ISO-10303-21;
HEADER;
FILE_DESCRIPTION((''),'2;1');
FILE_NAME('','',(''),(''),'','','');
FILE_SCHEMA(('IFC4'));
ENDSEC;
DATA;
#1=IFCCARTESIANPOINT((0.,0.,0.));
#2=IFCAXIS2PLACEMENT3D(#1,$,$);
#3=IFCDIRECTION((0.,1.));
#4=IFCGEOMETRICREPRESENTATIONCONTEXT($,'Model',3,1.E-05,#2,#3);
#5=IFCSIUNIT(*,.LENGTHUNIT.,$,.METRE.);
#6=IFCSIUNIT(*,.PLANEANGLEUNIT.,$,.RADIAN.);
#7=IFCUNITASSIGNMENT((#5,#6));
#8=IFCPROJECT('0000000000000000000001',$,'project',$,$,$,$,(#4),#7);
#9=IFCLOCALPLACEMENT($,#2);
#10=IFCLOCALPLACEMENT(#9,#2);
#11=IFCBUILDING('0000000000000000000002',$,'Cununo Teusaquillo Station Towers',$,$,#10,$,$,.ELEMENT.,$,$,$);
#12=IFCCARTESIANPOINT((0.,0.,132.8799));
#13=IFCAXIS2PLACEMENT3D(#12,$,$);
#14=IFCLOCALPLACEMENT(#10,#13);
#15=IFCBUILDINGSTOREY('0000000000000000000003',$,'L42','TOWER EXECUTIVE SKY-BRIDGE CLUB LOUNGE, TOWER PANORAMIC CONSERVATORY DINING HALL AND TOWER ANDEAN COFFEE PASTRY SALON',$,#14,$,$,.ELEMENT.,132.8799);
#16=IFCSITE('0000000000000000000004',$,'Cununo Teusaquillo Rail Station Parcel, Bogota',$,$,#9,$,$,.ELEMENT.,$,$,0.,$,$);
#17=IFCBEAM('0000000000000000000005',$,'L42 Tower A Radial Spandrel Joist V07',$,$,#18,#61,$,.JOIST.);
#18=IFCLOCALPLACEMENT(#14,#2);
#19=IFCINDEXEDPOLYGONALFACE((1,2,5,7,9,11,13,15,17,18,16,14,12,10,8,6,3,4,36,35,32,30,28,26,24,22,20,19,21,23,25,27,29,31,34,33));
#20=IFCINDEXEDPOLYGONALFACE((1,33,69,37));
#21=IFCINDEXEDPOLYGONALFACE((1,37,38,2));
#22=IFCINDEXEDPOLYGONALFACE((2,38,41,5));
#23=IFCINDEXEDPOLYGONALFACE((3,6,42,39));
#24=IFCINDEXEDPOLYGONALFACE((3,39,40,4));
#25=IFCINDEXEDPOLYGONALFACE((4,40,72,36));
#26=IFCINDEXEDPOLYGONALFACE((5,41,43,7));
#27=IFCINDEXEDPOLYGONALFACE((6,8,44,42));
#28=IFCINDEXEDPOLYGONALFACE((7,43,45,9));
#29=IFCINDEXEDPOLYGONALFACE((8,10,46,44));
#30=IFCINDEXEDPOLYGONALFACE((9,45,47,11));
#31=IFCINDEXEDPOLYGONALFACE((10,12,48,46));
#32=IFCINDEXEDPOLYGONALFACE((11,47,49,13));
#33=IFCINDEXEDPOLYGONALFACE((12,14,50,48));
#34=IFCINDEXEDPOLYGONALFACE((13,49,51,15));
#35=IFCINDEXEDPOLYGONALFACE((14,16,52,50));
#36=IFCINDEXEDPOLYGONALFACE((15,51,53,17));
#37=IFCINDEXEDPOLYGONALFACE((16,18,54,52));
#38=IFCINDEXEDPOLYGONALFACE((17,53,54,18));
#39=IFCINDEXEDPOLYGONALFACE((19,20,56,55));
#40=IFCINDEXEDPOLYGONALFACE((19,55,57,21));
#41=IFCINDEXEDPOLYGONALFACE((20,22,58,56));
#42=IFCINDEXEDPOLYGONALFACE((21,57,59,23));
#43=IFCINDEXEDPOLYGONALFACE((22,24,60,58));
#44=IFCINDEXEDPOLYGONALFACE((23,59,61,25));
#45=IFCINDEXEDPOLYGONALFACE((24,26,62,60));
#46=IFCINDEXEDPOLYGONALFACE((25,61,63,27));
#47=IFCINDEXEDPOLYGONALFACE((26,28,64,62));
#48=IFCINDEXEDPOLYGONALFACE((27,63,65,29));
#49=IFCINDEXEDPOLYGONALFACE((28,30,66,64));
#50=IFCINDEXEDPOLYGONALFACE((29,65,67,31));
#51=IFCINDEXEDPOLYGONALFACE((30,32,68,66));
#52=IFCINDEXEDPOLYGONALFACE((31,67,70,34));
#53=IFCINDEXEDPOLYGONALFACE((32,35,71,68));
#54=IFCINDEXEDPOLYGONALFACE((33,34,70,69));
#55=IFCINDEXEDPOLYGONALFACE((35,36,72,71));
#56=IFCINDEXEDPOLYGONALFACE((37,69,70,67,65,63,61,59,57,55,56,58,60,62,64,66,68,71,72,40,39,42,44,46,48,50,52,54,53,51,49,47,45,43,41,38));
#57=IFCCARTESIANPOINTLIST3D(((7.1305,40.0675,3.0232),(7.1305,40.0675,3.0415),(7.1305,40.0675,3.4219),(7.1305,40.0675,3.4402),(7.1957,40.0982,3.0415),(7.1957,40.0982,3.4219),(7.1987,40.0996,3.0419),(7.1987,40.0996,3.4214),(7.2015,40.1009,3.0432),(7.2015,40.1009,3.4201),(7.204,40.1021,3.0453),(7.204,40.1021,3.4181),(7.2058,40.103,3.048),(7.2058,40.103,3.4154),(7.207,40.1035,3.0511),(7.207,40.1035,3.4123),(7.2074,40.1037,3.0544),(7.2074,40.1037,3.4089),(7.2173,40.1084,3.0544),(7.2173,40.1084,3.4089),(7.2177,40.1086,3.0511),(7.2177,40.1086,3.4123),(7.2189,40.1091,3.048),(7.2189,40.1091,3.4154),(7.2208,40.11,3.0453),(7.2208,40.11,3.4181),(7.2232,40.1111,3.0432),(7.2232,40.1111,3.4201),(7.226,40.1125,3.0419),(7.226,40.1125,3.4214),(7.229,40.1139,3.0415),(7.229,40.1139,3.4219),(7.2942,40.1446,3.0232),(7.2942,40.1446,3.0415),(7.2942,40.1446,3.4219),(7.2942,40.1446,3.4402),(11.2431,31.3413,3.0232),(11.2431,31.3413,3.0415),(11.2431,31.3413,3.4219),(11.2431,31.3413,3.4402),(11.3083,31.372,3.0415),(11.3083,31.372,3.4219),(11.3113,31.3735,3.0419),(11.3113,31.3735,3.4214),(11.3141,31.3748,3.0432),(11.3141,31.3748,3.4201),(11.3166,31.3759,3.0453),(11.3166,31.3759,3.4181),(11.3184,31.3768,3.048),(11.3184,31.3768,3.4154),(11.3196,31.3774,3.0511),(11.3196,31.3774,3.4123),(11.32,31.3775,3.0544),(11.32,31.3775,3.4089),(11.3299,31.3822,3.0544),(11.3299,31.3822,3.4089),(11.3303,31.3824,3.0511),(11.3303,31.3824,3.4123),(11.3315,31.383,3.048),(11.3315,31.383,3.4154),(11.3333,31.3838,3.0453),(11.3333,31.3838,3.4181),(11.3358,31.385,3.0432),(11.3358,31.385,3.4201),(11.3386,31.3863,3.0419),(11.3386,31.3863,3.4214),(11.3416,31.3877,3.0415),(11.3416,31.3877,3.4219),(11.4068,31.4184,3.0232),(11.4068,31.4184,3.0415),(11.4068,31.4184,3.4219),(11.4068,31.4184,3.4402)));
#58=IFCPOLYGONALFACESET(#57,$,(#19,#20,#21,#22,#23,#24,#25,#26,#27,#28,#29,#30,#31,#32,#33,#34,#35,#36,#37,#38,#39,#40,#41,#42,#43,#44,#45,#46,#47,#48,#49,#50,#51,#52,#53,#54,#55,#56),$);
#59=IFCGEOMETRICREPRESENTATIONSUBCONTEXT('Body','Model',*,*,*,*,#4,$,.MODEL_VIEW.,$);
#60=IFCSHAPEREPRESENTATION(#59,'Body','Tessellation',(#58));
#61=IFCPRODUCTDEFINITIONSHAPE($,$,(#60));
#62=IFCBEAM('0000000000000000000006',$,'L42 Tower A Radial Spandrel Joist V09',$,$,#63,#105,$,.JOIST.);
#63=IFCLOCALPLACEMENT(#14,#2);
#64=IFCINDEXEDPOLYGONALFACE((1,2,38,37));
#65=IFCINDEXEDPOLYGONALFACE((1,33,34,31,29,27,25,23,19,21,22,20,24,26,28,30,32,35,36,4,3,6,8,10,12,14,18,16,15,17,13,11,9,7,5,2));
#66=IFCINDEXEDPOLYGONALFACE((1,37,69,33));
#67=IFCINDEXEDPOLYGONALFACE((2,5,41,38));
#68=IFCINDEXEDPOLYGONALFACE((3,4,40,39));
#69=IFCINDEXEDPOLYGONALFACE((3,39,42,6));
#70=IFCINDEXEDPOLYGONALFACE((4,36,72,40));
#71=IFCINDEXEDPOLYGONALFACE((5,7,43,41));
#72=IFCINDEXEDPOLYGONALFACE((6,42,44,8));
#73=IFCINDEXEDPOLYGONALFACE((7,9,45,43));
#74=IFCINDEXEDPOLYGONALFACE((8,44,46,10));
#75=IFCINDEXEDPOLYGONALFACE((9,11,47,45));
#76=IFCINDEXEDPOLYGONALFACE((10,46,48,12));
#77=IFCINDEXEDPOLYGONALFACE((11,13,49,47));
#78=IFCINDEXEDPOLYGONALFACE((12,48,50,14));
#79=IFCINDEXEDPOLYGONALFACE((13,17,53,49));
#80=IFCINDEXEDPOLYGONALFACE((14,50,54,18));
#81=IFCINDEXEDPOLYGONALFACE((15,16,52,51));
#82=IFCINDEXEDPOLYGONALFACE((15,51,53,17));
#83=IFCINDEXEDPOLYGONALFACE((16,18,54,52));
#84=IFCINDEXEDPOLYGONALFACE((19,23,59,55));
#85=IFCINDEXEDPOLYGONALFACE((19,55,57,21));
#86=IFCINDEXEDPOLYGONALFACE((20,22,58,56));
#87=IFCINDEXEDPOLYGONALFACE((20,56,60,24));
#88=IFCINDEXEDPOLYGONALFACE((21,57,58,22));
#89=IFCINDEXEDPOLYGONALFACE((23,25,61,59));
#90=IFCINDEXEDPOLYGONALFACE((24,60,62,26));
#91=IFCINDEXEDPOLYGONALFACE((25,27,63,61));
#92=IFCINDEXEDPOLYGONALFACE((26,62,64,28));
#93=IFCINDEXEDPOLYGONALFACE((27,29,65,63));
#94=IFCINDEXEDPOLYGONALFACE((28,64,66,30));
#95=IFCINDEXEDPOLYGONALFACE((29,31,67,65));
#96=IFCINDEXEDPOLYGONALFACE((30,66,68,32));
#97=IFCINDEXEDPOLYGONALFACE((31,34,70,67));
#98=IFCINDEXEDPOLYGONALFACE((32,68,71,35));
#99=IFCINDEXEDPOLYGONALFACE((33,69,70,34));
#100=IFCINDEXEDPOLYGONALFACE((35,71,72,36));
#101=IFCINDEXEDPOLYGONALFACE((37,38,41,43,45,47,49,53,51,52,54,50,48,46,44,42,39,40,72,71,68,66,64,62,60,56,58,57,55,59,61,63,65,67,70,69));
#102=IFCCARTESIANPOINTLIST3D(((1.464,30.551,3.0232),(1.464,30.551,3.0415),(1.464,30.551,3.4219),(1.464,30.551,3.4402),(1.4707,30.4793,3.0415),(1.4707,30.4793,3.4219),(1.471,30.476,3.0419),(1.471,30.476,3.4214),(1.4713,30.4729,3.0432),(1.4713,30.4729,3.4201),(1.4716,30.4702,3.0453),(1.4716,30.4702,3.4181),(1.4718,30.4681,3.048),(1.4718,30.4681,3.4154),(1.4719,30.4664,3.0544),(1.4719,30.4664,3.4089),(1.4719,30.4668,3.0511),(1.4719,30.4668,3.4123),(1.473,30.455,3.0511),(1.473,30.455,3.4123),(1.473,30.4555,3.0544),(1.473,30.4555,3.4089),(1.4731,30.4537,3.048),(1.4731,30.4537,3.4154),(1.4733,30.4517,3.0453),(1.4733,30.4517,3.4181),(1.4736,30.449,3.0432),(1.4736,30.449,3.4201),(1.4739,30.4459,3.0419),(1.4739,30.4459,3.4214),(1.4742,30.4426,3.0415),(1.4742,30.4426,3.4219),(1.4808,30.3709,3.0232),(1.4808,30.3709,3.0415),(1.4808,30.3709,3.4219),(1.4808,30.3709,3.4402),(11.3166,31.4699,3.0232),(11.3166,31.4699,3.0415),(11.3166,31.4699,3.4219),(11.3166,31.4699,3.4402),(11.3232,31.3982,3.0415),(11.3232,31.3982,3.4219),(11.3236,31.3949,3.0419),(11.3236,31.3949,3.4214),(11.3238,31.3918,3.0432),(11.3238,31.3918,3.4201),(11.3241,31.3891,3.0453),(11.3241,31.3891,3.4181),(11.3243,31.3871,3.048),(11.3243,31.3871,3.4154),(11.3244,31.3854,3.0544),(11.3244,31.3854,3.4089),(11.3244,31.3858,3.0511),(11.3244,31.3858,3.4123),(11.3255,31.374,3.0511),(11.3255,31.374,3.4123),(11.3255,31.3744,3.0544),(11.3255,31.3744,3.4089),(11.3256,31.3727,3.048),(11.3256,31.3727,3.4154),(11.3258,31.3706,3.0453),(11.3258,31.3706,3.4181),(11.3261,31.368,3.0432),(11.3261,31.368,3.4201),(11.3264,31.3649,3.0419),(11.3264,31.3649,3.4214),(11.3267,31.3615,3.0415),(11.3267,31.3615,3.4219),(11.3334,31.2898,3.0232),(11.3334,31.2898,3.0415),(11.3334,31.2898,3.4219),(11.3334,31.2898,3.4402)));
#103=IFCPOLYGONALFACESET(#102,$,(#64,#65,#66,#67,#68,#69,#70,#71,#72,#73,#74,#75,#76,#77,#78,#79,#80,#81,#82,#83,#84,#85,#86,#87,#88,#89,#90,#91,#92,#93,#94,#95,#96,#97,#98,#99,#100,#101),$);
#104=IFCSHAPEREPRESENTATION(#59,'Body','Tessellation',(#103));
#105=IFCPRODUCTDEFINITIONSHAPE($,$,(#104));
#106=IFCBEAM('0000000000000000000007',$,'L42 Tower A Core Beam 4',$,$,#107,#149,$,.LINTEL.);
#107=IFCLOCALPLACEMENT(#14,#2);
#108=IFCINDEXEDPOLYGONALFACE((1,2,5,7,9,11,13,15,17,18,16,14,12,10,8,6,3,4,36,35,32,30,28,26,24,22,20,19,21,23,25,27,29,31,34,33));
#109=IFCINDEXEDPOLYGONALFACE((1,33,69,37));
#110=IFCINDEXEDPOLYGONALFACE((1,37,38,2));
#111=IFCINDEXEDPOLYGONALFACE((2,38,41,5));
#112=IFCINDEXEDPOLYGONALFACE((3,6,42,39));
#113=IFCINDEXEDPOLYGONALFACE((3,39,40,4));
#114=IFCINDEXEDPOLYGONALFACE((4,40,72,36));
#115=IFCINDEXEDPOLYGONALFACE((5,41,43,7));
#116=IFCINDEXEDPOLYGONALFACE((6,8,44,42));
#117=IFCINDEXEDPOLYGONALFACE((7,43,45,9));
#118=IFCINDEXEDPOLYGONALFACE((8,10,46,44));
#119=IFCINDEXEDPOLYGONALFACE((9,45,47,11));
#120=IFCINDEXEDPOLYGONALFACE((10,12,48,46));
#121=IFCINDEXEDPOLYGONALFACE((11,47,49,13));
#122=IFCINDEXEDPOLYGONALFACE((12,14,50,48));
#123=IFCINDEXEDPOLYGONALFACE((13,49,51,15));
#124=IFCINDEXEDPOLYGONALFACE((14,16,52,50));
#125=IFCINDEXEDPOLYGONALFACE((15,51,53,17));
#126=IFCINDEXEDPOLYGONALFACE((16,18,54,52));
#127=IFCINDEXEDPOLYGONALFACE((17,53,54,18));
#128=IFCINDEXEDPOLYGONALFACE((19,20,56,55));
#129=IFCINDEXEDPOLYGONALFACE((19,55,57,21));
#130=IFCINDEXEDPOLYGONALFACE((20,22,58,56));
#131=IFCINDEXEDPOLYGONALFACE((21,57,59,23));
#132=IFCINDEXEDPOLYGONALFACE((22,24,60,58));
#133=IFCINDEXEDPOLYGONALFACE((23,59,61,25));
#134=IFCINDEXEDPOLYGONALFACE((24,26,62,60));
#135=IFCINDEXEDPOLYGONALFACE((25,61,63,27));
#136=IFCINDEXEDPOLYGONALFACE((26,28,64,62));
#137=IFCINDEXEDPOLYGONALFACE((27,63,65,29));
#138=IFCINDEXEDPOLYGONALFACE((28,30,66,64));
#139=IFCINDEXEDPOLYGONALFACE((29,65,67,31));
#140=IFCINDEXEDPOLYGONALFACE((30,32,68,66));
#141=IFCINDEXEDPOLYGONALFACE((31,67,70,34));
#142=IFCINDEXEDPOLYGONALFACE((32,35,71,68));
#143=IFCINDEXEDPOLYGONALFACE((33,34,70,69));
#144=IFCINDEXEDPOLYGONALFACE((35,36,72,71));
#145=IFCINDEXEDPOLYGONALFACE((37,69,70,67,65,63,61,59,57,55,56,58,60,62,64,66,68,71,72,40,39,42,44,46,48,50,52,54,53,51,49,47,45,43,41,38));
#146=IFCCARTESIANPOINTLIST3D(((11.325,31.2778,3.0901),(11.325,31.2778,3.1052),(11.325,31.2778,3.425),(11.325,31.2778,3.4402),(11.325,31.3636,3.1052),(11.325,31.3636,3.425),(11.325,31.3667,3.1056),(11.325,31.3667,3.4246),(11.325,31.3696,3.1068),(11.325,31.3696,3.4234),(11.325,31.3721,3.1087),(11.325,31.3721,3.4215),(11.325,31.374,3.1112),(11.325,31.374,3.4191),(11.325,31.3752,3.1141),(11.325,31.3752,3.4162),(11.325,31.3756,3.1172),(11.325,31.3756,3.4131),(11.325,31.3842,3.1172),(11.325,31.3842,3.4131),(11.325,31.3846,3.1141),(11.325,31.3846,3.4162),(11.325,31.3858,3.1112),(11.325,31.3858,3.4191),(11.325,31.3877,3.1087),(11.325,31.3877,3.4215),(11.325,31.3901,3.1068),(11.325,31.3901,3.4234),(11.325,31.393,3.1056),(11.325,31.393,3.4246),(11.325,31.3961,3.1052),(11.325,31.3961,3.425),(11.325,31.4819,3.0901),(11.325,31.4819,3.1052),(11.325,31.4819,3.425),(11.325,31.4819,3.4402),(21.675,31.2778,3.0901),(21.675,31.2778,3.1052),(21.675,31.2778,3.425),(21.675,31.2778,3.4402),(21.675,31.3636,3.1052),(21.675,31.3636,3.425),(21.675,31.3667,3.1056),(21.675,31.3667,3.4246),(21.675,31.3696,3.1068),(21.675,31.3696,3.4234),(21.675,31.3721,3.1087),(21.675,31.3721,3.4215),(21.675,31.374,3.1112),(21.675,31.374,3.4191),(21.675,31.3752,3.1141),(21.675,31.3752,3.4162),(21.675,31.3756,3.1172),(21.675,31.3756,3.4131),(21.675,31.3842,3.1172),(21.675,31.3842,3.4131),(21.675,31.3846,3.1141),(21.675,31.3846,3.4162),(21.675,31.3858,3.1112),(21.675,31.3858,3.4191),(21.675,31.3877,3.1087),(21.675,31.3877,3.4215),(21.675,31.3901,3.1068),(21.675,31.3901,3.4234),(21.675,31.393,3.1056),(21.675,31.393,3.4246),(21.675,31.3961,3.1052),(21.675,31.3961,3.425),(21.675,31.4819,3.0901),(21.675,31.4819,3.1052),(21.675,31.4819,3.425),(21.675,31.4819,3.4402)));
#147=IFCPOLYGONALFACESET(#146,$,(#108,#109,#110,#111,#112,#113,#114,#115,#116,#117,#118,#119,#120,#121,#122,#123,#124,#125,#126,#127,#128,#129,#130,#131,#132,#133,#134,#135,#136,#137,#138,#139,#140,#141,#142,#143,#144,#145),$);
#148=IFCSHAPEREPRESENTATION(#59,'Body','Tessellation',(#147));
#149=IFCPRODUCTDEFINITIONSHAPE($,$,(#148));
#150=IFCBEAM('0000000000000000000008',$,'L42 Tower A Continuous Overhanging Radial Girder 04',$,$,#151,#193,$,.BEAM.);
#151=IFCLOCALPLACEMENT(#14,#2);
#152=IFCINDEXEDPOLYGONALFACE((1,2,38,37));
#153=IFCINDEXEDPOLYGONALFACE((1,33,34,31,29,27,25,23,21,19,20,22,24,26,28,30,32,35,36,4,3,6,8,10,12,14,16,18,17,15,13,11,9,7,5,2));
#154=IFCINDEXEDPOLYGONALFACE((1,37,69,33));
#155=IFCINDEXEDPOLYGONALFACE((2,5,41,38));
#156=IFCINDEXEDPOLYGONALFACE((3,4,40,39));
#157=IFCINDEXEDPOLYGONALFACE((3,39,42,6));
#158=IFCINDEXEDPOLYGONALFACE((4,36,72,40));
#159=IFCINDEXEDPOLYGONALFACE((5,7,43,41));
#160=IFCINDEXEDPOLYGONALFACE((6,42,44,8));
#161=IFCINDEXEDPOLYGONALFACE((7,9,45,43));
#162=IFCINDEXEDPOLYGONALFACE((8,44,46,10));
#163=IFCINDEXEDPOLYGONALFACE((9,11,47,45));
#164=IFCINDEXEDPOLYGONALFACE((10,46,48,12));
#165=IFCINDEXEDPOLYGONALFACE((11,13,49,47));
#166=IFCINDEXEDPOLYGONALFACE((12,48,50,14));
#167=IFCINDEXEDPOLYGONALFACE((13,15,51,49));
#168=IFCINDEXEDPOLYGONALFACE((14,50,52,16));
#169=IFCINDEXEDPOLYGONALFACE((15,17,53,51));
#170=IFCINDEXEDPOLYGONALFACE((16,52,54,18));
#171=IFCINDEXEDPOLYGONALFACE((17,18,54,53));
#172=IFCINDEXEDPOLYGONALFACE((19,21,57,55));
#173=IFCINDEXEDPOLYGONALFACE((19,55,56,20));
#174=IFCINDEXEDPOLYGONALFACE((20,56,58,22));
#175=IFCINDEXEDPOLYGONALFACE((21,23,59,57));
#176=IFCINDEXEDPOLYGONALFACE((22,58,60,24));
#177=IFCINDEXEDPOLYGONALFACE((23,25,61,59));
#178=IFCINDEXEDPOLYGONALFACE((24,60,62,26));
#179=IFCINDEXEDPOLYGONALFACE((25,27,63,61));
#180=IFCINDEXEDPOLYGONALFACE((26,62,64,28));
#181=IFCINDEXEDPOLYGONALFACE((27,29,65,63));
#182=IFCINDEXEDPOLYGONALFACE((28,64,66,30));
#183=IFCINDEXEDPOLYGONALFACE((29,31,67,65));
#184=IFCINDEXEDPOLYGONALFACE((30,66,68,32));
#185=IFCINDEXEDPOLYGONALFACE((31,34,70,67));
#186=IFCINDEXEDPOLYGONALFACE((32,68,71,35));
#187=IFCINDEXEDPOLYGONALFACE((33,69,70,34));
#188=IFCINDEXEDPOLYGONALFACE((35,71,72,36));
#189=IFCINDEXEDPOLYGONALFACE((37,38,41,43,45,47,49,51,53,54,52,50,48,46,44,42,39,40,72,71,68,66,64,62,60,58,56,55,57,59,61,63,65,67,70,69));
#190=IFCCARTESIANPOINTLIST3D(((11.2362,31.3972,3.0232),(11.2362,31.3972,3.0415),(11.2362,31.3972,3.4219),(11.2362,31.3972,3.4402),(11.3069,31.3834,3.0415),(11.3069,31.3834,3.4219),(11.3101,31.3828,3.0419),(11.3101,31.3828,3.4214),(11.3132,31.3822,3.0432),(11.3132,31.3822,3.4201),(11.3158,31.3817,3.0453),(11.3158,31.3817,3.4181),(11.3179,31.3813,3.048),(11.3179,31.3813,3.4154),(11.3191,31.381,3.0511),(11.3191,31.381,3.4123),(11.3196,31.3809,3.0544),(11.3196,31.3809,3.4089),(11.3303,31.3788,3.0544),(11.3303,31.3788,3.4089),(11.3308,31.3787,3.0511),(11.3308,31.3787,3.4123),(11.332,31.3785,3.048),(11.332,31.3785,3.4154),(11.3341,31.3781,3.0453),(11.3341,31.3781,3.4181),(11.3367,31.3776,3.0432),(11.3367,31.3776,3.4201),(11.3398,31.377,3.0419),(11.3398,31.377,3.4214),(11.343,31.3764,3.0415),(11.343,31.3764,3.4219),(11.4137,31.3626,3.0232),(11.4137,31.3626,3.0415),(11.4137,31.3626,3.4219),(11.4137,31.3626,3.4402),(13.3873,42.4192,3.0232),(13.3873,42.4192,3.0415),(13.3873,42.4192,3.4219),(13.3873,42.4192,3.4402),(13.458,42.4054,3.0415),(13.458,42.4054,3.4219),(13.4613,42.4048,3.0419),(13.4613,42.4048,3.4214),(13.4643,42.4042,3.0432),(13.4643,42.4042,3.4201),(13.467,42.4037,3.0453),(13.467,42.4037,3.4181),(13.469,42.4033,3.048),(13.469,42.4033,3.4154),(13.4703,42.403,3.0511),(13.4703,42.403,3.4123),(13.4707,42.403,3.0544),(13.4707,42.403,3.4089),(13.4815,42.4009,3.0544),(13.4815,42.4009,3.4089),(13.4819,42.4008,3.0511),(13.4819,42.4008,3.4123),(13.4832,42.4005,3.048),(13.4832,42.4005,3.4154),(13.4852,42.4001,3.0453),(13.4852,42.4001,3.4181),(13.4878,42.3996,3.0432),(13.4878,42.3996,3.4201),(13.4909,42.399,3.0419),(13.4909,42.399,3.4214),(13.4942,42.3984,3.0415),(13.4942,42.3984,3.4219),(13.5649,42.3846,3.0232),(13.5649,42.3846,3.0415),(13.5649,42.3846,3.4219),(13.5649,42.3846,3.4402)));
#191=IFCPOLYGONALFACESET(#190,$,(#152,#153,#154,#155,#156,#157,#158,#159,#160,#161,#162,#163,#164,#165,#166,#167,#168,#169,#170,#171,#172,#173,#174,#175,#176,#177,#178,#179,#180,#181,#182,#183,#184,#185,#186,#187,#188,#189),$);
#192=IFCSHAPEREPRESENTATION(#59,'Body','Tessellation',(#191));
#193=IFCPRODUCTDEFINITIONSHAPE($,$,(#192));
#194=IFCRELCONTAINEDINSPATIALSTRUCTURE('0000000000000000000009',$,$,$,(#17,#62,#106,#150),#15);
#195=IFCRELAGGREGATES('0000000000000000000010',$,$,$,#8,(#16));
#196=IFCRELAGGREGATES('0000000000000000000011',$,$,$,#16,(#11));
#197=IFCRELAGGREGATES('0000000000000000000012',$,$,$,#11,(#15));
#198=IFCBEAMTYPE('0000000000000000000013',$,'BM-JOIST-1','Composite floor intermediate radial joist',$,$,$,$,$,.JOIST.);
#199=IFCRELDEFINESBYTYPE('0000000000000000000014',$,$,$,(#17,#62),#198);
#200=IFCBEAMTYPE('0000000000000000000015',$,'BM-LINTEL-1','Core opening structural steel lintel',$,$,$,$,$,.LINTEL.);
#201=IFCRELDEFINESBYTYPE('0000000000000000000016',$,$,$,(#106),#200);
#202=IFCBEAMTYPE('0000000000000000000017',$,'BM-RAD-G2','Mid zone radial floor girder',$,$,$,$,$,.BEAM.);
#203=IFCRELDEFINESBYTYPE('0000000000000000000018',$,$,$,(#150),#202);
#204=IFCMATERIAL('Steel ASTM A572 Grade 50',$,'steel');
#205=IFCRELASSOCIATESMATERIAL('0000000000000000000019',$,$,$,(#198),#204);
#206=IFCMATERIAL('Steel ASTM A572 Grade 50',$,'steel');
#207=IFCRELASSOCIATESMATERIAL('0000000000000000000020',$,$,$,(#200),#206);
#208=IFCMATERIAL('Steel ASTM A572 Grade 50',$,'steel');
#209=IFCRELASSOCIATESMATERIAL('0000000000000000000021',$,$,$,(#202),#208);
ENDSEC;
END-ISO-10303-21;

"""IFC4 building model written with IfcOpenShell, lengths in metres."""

from ifc_helpers import new_model, si_unit, direction, frame, origin, origin_2d, place, context, subcontext, project, spatial, i_section, extrude, material, material_profile, profile_set, type_object, element, save


model = new_model("IFC4")

# Units and contexts
model_context = context("Model", 3, precision=1e-05, world=origin(), true_north=direction((0.0, 1.0)))
body_context = subcontext(model_context, "Body", "Model", "MODEL_VIEW")
ifc_project = project(units=[si_unit("LENGTHUNIT", "METRE"), si_unit("PLANEANGLEUNIT", "RADIAN")], contexts=[model_context])

# Site, building, storey
site_placement = place(None, origin())
site = spatial("IfcSite", under=ifc_project, at=site_placement, Name="Cununo Teusaquillo Rail Station Parcel, Bogota", CompositionType="ELEMENT", RefElevation=0.0)
building_placement = place(site_placement, origin())
building = spatial("IfcBuilding", under=site, at=building_placement, Name="Cununo Teusaquillo Station Towers", CompositionType="ELEMENT")
storey_placement = place(building_placement, frame((0.0, 0.0, 132.8799)))
storey = spatial("IfcBuildingStorey", under=building, at=storey_placement, Name="L42", Description="TOWER EXECUTIVE SKY-BRIDGE CLUB LOUNGE, TOWER PANORAMIC CONSERVATORY DINING HALL AND TOWER ANDEAN COFFEE PASTRY SALON", CompositionType="ELEMENT", Elevation=132.8799)

# Beams
ifc_material_1 = material(Name="Steel ASTM A572 Grade 50", Category="steel")
ifc_material_profile_1 = material_profile(ifc_material_1, i_section(OverallWidth=0.1809, OverallDepth=0.417, WebThickness=0.011, FlangeThickness=0.0183, FilletRadius=0.0129, at=origin_2d()), Name="W16X57")
ifc_profile_set_1 = profile_set([ifc_material_profile_1], Name="Steel ASTM A572 Grade 50")
beam_type_1 = type_object("IfcBeamType", Name="BM-JOIST-1", Description="Composite floor intermediate radial joist", PredefinedType="JOIST", material=ifc_profile_set_1)
beam_1_placement = place(storey_placement, frame((11.325, 31.3799, 3.2317), z_axis=(-0.42632, 0.904572, 0.0), x_axis=(-0.904572, -0.42632, 0.0)))
element("IfcBeam", 1, at=beam_1_placement, inside=storey, type_object=beam_type_1, Name="L42 Tower A Radial Spandrel Joist V07", PredefinedType="JOIST", context=body_context, shape_type="SweptSolid", body=[
    extrude(i_section(OverallWidth=0.1809, OverallDepth=0.417, WebThickness=0.011, FlangeThickness=0.0183, FilletRadius=0.0129, at=origin_2d()), origin(), (0.0, 0.0, 1.0), 9.6467),
])
beam_2_placement = place(storey_placement, frame((11.325, 31.3799, 3.2317), z_axis=(-0.995679, -0.092867, 0.0), x_axis=(0.092867, -0.995679, 0.0)))
element("IfcBeam", 2, at=beam_2_placement, inside=storey, type_object=beam_type_1, Name="L42 Tower A Radial Spandrel Joist V09", PredefinedType="JOIST", context=body_context, shape_type="SweptSolid", body=[
    extrude(i_section(OverallWidth=0.1809, OverallDepth=0.417, WebThickness=0.011, FlangeThickness=0.0183, FilletRadius=0.0129, at=origin_2d()), origin(), (0.0, 0.0, 1.0), 9.8953),
])
ifc_material_2 = material(Name="Steel ASTM A572 Grade 50", Category="steel")
ifc_material_profile_2 = material_profile(ifc_material_2, i_section(OverallWidth=0.2041, OverallDepth=0.3501, WebThickness=0.0085, FlangeThickness=0.0151, FilletRadius=0.012, at=origin_2d()), Name="W14X48")
ifc_profile_set_2 = profile_set([ifc_material_profile_2], Name="Steel ASTM A572 Grade 50")
beam_type_2 = type_object("IfcBeamType", Name="BM-LINTEL-1", Description="Core opening structural steel lintel", PredefinedType="LINTEL", material=ifc_profile_set_2)
beam_3_placement = place(storey_placement, frame((11.325, 31.3799, 3.2651), z_axis=(1.0, 0.0, 0.0), x_axis=(0.0, 1.0, 0.0)))
element("IfcBeam", 3, at=beam_3_placement, inside=storey, type_object=beam_type_2, Name="L42 Tower A Core Beam 4", PredefinedType="LINTEL", context=body_context, shape_type="SweptSolid", body=[
    extrude(i_section(OverallWidth=0.2041, OverallDepth=0.3501, WebThickness=0.0085, FlangeThickness=0.0151, FilletRadius=0.012, at=origin_2d()), origin(), (0.0, 0.0, 1.0), 10.3501),
])
ifc_material_3 = material(Name="Steel ASTM A572 Grade 50", Category="steel")
ifc_material_profile_3 = material_profile(ifc_material_3, i_section(OverallWidth=0.1809, OverallDepth=0.417, WebThickness=0.011, FlangeThickness=0.0183, FilletRadius=0.0129, at=origin_2d()), Name="W16X57")
ifc_profile_set_3 = profile_set([ifc_material_profile_3], Name="Steel ASTM A572 Grade 50")
beam_type_3 = type_object("IfcBeamType", Name="BM-RAD-G2", Description="Mid zone radial floor girder", PredefinedType="BEAM", material=ifc_profile_set_3)
beam_4_placement = place(storey_placement, frame((11.325, 31.3799, 3.2317), z_axis=(0.191553, 0.981482, 0.0), x_axis=(-0.981482, 0.191553, 0.0)))
element("IfcBeam", 4, at=beam_4_placement, inside=storey, type_object=beam_type_3, Name="L42 Tower A Continuous Overhanging Radial Girder 04", PredefinedType="BEAM", context=body_context, shape_type="SweptSolid", body=[
    extrude(i_section(OverallWidth=0.1809, OverallDepth=0.417, WebThickness=0.011, FlangeThickness=0.0183, FilletRadius=0.0129, at=origin_2d()), origin(), (0.0, 0.0, 1.0), 11.23),
])

save(model, "model.ifc")
